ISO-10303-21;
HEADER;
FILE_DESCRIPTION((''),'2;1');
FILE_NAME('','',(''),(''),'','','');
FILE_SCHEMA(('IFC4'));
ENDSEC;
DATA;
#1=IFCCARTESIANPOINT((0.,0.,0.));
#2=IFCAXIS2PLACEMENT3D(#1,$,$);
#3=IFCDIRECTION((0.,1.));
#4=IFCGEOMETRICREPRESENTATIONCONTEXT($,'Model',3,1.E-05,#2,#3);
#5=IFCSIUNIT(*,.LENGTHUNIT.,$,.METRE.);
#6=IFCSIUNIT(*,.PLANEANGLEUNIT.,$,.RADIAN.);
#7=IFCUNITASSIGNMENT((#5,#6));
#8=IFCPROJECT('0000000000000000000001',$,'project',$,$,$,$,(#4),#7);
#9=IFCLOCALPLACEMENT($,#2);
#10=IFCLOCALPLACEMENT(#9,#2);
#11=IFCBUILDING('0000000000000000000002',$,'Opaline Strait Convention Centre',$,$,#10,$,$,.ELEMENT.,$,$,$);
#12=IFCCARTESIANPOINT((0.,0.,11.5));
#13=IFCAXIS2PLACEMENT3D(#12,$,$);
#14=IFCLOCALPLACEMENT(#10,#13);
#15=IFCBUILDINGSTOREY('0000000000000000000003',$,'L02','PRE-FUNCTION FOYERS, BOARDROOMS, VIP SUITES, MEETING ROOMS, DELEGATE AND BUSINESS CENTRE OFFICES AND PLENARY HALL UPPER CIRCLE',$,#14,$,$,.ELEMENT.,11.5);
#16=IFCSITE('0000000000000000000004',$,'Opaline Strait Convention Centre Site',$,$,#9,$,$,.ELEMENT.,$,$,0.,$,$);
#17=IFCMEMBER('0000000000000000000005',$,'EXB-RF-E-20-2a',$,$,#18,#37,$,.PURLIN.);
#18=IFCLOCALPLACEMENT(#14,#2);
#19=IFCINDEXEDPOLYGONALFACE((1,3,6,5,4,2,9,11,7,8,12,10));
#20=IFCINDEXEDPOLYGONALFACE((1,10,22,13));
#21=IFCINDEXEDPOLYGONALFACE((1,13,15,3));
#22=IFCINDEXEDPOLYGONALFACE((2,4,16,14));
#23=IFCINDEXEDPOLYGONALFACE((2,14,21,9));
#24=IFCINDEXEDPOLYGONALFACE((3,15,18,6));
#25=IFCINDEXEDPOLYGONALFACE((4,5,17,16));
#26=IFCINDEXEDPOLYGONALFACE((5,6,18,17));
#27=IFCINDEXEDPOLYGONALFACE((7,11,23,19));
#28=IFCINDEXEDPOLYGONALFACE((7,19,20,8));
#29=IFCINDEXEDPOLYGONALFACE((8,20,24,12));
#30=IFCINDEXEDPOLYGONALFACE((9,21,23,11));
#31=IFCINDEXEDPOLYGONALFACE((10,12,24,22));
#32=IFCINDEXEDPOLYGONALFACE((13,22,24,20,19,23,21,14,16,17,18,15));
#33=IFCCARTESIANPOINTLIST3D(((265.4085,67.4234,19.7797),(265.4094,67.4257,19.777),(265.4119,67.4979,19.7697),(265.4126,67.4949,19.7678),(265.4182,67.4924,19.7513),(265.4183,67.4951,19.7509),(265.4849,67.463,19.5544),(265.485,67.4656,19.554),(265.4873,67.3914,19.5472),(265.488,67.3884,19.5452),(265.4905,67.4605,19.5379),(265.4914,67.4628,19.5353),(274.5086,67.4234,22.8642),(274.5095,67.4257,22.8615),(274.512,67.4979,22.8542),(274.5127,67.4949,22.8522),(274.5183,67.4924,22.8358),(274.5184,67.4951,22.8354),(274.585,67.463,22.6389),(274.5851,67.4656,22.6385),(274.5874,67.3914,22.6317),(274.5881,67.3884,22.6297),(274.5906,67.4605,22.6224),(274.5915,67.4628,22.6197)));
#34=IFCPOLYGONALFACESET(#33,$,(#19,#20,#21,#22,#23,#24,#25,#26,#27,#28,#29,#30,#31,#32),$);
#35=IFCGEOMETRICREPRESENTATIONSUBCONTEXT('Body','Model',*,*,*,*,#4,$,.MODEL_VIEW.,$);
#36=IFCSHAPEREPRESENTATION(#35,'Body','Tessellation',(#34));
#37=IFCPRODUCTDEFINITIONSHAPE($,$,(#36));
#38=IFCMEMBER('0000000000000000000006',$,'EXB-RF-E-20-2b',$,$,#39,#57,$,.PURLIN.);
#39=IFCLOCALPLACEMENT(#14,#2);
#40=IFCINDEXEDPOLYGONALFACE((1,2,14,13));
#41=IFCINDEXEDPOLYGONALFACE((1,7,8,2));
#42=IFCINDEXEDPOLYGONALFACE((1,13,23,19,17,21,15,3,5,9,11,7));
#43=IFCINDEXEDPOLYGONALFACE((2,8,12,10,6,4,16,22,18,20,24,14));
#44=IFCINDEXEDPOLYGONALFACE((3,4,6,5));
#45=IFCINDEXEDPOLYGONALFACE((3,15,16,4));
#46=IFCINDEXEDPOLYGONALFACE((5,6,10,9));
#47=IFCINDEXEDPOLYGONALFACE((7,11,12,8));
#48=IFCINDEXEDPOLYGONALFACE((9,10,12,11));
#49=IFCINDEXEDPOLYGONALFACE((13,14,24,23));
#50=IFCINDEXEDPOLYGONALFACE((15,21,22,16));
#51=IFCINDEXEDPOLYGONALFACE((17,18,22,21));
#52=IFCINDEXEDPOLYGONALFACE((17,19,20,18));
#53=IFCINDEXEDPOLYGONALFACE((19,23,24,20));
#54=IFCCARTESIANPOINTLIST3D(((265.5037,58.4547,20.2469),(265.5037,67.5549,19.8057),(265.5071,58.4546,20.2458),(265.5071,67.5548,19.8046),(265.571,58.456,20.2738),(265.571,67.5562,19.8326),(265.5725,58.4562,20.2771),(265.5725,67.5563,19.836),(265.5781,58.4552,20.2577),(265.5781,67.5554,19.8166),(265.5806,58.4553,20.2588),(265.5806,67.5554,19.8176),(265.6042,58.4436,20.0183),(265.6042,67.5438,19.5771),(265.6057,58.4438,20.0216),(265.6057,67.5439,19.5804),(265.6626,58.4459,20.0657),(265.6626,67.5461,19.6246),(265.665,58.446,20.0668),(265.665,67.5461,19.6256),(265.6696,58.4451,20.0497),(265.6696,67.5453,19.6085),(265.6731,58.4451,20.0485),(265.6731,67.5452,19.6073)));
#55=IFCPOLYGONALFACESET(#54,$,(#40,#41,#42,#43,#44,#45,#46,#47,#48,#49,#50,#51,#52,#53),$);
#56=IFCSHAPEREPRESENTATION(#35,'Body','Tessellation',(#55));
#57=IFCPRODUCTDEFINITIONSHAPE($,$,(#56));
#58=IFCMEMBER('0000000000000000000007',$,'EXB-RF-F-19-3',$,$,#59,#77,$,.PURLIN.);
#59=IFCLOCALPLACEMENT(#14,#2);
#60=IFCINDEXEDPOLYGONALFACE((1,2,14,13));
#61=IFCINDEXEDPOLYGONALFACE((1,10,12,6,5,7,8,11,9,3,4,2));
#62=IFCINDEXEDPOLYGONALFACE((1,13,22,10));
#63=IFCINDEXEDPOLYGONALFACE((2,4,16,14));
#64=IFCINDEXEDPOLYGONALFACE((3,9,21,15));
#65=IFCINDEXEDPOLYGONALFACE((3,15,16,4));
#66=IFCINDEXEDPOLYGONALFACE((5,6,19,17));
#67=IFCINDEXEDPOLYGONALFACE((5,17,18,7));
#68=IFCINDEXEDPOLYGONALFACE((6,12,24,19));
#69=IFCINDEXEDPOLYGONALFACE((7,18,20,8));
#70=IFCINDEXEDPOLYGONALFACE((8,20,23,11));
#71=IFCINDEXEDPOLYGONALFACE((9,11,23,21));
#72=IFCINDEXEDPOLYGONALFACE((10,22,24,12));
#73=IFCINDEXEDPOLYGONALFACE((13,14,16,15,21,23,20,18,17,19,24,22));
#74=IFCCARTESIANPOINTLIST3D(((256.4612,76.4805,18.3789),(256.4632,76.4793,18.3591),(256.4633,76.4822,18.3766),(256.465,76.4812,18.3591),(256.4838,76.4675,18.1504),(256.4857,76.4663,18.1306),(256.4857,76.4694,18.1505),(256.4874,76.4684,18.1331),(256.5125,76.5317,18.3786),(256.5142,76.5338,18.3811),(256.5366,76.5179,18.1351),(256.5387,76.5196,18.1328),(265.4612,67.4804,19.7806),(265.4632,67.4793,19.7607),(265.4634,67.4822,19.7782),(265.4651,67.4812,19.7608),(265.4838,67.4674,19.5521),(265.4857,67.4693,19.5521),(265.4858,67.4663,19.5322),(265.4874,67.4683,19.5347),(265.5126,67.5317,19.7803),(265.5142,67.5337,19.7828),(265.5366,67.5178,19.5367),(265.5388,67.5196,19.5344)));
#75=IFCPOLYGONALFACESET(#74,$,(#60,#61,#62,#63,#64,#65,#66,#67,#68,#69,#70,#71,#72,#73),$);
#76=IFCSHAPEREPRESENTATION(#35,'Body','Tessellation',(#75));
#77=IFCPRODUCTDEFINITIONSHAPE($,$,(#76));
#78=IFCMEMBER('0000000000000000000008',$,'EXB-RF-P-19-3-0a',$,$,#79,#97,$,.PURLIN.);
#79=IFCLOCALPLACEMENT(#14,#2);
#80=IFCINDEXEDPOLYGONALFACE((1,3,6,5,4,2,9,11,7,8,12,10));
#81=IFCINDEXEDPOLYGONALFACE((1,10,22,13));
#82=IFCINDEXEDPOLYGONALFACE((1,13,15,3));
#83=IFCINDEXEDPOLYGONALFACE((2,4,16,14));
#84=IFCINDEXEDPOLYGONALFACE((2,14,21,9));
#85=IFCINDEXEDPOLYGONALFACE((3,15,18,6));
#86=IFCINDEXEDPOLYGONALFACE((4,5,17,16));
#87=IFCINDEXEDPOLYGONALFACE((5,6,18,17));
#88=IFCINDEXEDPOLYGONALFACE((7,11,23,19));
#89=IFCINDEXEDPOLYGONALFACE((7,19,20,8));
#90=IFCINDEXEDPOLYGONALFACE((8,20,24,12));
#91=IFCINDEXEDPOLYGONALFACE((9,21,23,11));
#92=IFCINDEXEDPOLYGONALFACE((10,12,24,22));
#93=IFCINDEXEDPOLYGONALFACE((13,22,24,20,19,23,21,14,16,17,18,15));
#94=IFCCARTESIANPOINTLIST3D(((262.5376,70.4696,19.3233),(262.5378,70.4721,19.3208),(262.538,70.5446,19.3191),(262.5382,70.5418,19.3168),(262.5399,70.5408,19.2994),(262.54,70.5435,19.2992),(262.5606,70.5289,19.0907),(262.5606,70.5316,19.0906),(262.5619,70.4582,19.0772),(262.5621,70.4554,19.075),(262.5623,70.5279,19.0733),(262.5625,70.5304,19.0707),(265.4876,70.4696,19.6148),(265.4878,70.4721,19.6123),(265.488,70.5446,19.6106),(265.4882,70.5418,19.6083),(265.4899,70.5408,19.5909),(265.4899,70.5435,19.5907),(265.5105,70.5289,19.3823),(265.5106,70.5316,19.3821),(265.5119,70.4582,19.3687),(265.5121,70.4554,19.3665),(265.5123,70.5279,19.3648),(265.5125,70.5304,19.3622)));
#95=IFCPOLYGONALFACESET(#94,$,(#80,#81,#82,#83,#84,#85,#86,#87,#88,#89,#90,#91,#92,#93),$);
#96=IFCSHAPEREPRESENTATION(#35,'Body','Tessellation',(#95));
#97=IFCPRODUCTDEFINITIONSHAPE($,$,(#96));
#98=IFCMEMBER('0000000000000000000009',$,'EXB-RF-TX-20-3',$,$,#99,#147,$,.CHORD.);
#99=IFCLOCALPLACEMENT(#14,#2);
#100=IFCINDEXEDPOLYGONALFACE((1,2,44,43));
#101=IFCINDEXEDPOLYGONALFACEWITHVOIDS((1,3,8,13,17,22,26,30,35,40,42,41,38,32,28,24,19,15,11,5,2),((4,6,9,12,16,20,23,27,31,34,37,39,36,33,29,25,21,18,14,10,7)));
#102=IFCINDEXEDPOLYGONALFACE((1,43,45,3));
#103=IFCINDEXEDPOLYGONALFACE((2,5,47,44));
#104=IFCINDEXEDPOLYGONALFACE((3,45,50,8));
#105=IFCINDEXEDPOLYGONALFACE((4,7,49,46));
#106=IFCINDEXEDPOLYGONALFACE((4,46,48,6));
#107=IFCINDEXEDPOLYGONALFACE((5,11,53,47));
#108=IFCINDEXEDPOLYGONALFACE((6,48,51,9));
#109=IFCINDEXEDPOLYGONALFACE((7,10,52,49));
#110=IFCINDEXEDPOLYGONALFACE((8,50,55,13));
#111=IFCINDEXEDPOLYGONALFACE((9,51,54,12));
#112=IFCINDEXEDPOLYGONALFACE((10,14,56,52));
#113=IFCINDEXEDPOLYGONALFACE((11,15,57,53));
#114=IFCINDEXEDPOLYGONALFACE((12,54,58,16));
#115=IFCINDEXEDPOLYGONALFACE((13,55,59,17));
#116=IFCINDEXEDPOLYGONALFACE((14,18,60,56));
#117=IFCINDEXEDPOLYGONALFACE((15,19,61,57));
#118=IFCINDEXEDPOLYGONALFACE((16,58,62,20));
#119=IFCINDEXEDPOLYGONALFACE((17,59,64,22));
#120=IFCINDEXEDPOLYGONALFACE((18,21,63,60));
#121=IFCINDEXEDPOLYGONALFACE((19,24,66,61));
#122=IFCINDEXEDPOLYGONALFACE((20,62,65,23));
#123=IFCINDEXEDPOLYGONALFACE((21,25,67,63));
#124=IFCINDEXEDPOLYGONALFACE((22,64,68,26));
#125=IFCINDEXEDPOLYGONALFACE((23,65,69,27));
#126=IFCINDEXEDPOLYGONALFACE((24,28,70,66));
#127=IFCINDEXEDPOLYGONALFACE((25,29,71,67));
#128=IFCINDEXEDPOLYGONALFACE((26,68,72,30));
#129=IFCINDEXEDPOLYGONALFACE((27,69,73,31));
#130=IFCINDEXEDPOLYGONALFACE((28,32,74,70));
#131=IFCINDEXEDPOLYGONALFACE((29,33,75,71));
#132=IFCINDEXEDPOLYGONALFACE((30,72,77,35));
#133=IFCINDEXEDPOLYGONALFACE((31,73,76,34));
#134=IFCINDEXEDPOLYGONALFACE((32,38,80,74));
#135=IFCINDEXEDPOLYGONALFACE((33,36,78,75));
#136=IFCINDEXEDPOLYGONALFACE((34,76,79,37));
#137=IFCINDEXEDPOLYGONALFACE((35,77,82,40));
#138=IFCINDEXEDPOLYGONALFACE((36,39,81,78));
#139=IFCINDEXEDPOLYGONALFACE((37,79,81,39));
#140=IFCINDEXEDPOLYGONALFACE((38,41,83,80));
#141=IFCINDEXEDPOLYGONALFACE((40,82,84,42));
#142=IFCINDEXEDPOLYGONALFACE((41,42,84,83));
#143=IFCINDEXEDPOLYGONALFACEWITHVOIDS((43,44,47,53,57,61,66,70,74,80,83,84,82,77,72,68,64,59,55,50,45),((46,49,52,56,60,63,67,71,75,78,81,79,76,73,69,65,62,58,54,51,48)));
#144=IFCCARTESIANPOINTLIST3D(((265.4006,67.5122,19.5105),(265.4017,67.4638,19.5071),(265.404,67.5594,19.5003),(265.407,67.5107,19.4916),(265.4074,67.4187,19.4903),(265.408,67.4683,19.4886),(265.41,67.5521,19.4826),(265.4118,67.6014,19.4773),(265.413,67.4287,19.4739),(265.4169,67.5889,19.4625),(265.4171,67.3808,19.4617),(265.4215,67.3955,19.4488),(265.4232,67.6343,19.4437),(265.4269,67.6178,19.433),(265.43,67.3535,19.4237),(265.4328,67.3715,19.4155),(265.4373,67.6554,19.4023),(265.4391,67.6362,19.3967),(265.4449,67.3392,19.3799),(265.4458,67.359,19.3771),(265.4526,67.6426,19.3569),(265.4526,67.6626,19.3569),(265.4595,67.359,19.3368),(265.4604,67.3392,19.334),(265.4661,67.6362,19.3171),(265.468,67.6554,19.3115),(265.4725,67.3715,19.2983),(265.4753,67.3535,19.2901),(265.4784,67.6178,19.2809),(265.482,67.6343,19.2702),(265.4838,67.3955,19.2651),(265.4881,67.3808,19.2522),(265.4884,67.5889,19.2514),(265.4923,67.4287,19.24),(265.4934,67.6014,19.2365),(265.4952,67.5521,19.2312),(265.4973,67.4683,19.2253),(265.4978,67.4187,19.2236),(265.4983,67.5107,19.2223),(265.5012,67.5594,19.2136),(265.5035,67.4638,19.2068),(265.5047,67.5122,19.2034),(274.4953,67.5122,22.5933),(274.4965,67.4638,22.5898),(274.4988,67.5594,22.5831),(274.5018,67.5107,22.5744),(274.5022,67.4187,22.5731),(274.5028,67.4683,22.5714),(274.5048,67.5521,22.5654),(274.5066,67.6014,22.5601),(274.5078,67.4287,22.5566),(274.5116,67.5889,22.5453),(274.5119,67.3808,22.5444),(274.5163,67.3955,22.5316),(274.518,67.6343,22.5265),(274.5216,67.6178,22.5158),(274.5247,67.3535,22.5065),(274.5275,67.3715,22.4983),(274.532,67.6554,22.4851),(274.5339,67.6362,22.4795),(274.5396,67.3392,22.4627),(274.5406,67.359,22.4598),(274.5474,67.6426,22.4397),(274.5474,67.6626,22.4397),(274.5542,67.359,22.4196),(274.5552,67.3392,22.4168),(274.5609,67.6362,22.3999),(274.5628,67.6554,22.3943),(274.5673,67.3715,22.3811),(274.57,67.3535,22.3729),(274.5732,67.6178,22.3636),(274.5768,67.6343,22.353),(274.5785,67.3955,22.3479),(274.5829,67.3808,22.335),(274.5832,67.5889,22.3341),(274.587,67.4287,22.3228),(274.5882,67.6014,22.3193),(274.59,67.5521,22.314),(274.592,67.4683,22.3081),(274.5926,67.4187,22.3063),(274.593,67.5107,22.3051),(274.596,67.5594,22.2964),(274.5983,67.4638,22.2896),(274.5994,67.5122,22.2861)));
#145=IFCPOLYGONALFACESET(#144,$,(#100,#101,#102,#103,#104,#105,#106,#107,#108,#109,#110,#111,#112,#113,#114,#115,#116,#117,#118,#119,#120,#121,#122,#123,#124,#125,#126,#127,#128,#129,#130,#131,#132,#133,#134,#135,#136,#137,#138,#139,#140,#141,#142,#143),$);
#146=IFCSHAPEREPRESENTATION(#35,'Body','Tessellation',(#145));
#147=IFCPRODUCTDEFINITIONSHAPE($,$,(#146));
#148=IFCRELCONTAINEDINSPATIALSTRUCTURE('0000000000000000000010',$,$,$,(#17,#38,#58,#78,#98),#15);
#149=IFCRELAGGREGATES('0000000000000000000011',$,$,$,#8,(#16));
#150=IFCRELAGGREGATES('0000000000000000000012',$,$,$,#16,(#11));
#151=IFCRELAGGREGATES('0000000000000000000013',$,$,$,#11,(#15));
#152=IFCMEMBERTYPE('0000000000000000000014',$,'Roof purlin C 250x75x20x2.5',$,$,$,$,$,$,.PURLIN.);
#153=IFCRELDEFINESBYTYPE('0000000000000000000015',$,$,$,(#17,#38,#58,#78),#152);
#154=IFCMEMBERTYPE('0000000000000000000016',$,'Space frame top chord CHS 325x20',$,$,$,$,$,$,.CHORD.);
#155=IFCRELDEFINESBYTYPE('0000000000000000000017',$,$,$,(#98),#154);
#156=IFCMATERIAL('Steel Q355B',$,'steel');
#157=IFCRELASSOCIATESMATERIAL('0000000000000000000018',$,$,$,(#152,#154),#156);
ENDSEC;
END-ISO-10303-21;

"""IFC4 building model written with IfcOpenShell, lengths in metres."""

from ifc_helpers import new_model, si_unit, direction, frame, origin, origin_2d, place, context, subcontext, project, spatial, polyline, hollow_circle, outline, extrude, material, material_profile, profile_set, type_object, element, save


model = new_model("IFC4")

# Units and contexts
model_context = context("Model", 3, precision=1e-05, world=origin(), true_north=direction((0.0, 1.0)))
body_context = subcontext(model_context, "Body", "Model", "MODEL_VIEW")
ifc_project = project(units=[si_unit("LENGTHUNIT", "METRE"), si_unit("PLANEANGLEUNIT", "RADIAN")], contexts=[model_context])

# Site, building, storey
site_placement = place(None, origin())
site = spatial("IfcSite", under=ifc_project, at=site_placement, Name="Opaline Strait Convention Centre Site", CompositionType="ELEMENT", RefElevation=0.0)
building_placement = place(site_placement, origin())
building = spatial("IfcBuilding", under=site, at=building_placement, Name="Opaline Strait Convention Centre", CompositionType="ELEMENT")
storey_placement = place(building_placement, frame((0.0, 0.0, 11.5)))
storey = spatial("IfcBuildingStorey", under=building, at=storey_placement, Name="L02", Description="PRE-FUNCTION FOYERS, BOARDROOMS, VIP SUITES, MEETING ROOMS, DELEGATE AND BUSINESS CENTRE OFFICES AND PLENARY HALL UPPER CIRCLE", CompositionType="ELEMENT", Elevation=11.5)

# Members
ifc_material_1 = material(Name="Steel Q355B", Category="steel")
ifc_material_profile_1 = material_profile(ifc_material_1, outline(polyline([(-0.0376, -0.125), (0.0376, -0.125), (0.0376, -0.105), (0.0349, -0.105), (0.0349, -0.1226), (-0.0349, -0.1226), (-0.0349, 0.1226), (0.0349, 0.1226), (0.0349, 0.105), (0.0376, 0.105), (0.0376, 0.125), (-0.0376, 0.125), (-0.0376, -0.125)])), Name="C 250x75x20x2.5")
ifc_profile_set_1 = profile_set([ifc_material_profile_1], Name="Steel Q355B")
member_type_1 = type_object("IfcMemberType", Name="Roof purlin C 250x75x20x2.5", PredefinedType="PURLIN", material=ifc_profile_set_1)
member_1_placement = place(storey_placement, frame((265.45, 67.4431, 19.6575), z_axis=(0.947076, 0.0, 0.321011), x_axis=(0.044975, 0.990137, -0.132688)))
element("IfcMember", 1, at=member_1_placement, inside=storey, type_object=member_type_1, Name="EXB-RF-E-20-2a", PredefinedType="PURLIN", context=body_context, shape_type="SweptSolid", body=[
    extrude(outline(polyline([(-0.0376, -0.125), (0.0376, -0.125), (0.0376, -0.105), (0.0349, -0.105), (0.0349, -0.1226), (-0.0349, -0.1226), (-0.0349, 0.1226), (0.0349, 0.1226), (0.0349, 0.105), (0.0376, 0.105), (0.0376, 0.125), (-0.0376, 0.125), (-0.0376, -0.125)])), origin(), (0.0, 0.0, 1.0), 9.6086),
])
member_2_placement = place(storey_placement, frame((265.5884, 67.55, 19.7065), z_axis=(0.0, -0.998827, 0.048422), x_axis=(0.915533, 0.019477, 0.401772)))
element("IfcMember", 2, at=member_2_placement, inside=storey, type_object=member_type_1, Name="EXB-RF-E-20-2b", PredefinedType="PURLIN", context=body_context, shape_type="SweptSolid", body=[
    extrude(outline(polyline([(-0.0376, -0.125), (0.0376, -0.125), (0.0376, -0.105), (0.0349, -0.105), (0.0349, -0.1226), (-0.0349, -0.1226), (-0.0349, 0.1226), (0.0349, 0.1226), (0.0349, 0.105), (0.0376, 0.105), (0.0376, 0.125), (-0.0376, 0.125), (-0.0376, -0.125)])), origin(), (0.0, 0.0, 1.0), 9.1108),
])
member_3_placement = place(storey_placement, frame((265.5, 67.5, 19.6575), z_axis=(-0.702858, 0.702858, -0.109459), x_axis=(-0.704515, -0.709083, -0.029328)))
element("IfcMember", 3, at=member_3_placement, inside=storey, type_object=member_type_1, Name="EXB-RF-F-19-3", PredefinedType="PURLIN", context=body_context, shape_type="SweptSolid", body=[
    extrude(outline(polyline([(-0.0376, -0.125), (0.0376, -0.125), (0.0376, -0.105), (0.0349, -0.105), (0.0349, -0.1226), (-0.0349, -0.1226), (-0.0349, 0.1226), (0.0349, 0.1226), (0.0349, 0.105), (0.0376, 0.105), (0.0376, 0.125), (-0.0376, 0.125), (-0.0376, -0.125)])), origin(), (0.0, 0.0, 1.0), 12.8049),
])
member_4_placement = place(storey_placement, frame((262.55, 70.5, 19.197), z_axis=(0.995153, 0.0, 0.098338), x_axis=(0.005583, 0.998387, -0.056494)))
element("IfcMember", 4, at=member_4_placement, inside=storey, type_object=member_type_1, Name="EXB-RF-P-19-3-0a", PredefinedType="PURLIN", context=body_context, shape_type="SweptSolid", body=[
    extrude(outline(polyline([(-0.0376, -0.125), (0.0376, -0.125), (0.0376, -0.105), (0.0349, -0.105), (0.0349, -0.1226), (-0.0349, -0.1226), (-0.0349, 0.1226), (0.0349, 0.1226), (0.0349, 0.105), (0.0376, 0.105), (0.0376, 0.125), (-0.0376, 0.125), (-0.0376, -0.125)])), origin(), (0.0, 0.0, 1.0), 2.9644),
])
ifc_material_profile_2 = material_profile(ifc_material_1, hollow_circle(Radius=0.1626, WallThickness=0.02, at=origin_2d()), Name="CHS 325x20")
ifc_profile_set_2 = profile_set([ifc_material_profile_2], Name="Steel Q355B")
member_type_2 = type_object("IfcMemberType", Name="Space frame top chord CHS 325x20", PredefinedType="CHORD", material=ifc_profile_set_2)
member_5_placement = place(storey_placement, frame((265.4526, 67.5, 19.3569), z_axis=(0.947072, 0.0, 0.321021), x_axis=(0.0, 1.0, 0.0)))
element("IfcMember", 5, at=member_5_placement, inside=storey, type_object=member_type_2, Name="EXB-RF-TX-20-3", PredefinedType="CHORD", context=body_context, shape_type="SweptSolid", body=[
    extrude(hollow_circle(Radius=0.1626, WallThickness=0.02, at=origin_2d()), origin(), (0.0, 0.0, 1.0), 9.603),
])

save(model, "model.ifc")
